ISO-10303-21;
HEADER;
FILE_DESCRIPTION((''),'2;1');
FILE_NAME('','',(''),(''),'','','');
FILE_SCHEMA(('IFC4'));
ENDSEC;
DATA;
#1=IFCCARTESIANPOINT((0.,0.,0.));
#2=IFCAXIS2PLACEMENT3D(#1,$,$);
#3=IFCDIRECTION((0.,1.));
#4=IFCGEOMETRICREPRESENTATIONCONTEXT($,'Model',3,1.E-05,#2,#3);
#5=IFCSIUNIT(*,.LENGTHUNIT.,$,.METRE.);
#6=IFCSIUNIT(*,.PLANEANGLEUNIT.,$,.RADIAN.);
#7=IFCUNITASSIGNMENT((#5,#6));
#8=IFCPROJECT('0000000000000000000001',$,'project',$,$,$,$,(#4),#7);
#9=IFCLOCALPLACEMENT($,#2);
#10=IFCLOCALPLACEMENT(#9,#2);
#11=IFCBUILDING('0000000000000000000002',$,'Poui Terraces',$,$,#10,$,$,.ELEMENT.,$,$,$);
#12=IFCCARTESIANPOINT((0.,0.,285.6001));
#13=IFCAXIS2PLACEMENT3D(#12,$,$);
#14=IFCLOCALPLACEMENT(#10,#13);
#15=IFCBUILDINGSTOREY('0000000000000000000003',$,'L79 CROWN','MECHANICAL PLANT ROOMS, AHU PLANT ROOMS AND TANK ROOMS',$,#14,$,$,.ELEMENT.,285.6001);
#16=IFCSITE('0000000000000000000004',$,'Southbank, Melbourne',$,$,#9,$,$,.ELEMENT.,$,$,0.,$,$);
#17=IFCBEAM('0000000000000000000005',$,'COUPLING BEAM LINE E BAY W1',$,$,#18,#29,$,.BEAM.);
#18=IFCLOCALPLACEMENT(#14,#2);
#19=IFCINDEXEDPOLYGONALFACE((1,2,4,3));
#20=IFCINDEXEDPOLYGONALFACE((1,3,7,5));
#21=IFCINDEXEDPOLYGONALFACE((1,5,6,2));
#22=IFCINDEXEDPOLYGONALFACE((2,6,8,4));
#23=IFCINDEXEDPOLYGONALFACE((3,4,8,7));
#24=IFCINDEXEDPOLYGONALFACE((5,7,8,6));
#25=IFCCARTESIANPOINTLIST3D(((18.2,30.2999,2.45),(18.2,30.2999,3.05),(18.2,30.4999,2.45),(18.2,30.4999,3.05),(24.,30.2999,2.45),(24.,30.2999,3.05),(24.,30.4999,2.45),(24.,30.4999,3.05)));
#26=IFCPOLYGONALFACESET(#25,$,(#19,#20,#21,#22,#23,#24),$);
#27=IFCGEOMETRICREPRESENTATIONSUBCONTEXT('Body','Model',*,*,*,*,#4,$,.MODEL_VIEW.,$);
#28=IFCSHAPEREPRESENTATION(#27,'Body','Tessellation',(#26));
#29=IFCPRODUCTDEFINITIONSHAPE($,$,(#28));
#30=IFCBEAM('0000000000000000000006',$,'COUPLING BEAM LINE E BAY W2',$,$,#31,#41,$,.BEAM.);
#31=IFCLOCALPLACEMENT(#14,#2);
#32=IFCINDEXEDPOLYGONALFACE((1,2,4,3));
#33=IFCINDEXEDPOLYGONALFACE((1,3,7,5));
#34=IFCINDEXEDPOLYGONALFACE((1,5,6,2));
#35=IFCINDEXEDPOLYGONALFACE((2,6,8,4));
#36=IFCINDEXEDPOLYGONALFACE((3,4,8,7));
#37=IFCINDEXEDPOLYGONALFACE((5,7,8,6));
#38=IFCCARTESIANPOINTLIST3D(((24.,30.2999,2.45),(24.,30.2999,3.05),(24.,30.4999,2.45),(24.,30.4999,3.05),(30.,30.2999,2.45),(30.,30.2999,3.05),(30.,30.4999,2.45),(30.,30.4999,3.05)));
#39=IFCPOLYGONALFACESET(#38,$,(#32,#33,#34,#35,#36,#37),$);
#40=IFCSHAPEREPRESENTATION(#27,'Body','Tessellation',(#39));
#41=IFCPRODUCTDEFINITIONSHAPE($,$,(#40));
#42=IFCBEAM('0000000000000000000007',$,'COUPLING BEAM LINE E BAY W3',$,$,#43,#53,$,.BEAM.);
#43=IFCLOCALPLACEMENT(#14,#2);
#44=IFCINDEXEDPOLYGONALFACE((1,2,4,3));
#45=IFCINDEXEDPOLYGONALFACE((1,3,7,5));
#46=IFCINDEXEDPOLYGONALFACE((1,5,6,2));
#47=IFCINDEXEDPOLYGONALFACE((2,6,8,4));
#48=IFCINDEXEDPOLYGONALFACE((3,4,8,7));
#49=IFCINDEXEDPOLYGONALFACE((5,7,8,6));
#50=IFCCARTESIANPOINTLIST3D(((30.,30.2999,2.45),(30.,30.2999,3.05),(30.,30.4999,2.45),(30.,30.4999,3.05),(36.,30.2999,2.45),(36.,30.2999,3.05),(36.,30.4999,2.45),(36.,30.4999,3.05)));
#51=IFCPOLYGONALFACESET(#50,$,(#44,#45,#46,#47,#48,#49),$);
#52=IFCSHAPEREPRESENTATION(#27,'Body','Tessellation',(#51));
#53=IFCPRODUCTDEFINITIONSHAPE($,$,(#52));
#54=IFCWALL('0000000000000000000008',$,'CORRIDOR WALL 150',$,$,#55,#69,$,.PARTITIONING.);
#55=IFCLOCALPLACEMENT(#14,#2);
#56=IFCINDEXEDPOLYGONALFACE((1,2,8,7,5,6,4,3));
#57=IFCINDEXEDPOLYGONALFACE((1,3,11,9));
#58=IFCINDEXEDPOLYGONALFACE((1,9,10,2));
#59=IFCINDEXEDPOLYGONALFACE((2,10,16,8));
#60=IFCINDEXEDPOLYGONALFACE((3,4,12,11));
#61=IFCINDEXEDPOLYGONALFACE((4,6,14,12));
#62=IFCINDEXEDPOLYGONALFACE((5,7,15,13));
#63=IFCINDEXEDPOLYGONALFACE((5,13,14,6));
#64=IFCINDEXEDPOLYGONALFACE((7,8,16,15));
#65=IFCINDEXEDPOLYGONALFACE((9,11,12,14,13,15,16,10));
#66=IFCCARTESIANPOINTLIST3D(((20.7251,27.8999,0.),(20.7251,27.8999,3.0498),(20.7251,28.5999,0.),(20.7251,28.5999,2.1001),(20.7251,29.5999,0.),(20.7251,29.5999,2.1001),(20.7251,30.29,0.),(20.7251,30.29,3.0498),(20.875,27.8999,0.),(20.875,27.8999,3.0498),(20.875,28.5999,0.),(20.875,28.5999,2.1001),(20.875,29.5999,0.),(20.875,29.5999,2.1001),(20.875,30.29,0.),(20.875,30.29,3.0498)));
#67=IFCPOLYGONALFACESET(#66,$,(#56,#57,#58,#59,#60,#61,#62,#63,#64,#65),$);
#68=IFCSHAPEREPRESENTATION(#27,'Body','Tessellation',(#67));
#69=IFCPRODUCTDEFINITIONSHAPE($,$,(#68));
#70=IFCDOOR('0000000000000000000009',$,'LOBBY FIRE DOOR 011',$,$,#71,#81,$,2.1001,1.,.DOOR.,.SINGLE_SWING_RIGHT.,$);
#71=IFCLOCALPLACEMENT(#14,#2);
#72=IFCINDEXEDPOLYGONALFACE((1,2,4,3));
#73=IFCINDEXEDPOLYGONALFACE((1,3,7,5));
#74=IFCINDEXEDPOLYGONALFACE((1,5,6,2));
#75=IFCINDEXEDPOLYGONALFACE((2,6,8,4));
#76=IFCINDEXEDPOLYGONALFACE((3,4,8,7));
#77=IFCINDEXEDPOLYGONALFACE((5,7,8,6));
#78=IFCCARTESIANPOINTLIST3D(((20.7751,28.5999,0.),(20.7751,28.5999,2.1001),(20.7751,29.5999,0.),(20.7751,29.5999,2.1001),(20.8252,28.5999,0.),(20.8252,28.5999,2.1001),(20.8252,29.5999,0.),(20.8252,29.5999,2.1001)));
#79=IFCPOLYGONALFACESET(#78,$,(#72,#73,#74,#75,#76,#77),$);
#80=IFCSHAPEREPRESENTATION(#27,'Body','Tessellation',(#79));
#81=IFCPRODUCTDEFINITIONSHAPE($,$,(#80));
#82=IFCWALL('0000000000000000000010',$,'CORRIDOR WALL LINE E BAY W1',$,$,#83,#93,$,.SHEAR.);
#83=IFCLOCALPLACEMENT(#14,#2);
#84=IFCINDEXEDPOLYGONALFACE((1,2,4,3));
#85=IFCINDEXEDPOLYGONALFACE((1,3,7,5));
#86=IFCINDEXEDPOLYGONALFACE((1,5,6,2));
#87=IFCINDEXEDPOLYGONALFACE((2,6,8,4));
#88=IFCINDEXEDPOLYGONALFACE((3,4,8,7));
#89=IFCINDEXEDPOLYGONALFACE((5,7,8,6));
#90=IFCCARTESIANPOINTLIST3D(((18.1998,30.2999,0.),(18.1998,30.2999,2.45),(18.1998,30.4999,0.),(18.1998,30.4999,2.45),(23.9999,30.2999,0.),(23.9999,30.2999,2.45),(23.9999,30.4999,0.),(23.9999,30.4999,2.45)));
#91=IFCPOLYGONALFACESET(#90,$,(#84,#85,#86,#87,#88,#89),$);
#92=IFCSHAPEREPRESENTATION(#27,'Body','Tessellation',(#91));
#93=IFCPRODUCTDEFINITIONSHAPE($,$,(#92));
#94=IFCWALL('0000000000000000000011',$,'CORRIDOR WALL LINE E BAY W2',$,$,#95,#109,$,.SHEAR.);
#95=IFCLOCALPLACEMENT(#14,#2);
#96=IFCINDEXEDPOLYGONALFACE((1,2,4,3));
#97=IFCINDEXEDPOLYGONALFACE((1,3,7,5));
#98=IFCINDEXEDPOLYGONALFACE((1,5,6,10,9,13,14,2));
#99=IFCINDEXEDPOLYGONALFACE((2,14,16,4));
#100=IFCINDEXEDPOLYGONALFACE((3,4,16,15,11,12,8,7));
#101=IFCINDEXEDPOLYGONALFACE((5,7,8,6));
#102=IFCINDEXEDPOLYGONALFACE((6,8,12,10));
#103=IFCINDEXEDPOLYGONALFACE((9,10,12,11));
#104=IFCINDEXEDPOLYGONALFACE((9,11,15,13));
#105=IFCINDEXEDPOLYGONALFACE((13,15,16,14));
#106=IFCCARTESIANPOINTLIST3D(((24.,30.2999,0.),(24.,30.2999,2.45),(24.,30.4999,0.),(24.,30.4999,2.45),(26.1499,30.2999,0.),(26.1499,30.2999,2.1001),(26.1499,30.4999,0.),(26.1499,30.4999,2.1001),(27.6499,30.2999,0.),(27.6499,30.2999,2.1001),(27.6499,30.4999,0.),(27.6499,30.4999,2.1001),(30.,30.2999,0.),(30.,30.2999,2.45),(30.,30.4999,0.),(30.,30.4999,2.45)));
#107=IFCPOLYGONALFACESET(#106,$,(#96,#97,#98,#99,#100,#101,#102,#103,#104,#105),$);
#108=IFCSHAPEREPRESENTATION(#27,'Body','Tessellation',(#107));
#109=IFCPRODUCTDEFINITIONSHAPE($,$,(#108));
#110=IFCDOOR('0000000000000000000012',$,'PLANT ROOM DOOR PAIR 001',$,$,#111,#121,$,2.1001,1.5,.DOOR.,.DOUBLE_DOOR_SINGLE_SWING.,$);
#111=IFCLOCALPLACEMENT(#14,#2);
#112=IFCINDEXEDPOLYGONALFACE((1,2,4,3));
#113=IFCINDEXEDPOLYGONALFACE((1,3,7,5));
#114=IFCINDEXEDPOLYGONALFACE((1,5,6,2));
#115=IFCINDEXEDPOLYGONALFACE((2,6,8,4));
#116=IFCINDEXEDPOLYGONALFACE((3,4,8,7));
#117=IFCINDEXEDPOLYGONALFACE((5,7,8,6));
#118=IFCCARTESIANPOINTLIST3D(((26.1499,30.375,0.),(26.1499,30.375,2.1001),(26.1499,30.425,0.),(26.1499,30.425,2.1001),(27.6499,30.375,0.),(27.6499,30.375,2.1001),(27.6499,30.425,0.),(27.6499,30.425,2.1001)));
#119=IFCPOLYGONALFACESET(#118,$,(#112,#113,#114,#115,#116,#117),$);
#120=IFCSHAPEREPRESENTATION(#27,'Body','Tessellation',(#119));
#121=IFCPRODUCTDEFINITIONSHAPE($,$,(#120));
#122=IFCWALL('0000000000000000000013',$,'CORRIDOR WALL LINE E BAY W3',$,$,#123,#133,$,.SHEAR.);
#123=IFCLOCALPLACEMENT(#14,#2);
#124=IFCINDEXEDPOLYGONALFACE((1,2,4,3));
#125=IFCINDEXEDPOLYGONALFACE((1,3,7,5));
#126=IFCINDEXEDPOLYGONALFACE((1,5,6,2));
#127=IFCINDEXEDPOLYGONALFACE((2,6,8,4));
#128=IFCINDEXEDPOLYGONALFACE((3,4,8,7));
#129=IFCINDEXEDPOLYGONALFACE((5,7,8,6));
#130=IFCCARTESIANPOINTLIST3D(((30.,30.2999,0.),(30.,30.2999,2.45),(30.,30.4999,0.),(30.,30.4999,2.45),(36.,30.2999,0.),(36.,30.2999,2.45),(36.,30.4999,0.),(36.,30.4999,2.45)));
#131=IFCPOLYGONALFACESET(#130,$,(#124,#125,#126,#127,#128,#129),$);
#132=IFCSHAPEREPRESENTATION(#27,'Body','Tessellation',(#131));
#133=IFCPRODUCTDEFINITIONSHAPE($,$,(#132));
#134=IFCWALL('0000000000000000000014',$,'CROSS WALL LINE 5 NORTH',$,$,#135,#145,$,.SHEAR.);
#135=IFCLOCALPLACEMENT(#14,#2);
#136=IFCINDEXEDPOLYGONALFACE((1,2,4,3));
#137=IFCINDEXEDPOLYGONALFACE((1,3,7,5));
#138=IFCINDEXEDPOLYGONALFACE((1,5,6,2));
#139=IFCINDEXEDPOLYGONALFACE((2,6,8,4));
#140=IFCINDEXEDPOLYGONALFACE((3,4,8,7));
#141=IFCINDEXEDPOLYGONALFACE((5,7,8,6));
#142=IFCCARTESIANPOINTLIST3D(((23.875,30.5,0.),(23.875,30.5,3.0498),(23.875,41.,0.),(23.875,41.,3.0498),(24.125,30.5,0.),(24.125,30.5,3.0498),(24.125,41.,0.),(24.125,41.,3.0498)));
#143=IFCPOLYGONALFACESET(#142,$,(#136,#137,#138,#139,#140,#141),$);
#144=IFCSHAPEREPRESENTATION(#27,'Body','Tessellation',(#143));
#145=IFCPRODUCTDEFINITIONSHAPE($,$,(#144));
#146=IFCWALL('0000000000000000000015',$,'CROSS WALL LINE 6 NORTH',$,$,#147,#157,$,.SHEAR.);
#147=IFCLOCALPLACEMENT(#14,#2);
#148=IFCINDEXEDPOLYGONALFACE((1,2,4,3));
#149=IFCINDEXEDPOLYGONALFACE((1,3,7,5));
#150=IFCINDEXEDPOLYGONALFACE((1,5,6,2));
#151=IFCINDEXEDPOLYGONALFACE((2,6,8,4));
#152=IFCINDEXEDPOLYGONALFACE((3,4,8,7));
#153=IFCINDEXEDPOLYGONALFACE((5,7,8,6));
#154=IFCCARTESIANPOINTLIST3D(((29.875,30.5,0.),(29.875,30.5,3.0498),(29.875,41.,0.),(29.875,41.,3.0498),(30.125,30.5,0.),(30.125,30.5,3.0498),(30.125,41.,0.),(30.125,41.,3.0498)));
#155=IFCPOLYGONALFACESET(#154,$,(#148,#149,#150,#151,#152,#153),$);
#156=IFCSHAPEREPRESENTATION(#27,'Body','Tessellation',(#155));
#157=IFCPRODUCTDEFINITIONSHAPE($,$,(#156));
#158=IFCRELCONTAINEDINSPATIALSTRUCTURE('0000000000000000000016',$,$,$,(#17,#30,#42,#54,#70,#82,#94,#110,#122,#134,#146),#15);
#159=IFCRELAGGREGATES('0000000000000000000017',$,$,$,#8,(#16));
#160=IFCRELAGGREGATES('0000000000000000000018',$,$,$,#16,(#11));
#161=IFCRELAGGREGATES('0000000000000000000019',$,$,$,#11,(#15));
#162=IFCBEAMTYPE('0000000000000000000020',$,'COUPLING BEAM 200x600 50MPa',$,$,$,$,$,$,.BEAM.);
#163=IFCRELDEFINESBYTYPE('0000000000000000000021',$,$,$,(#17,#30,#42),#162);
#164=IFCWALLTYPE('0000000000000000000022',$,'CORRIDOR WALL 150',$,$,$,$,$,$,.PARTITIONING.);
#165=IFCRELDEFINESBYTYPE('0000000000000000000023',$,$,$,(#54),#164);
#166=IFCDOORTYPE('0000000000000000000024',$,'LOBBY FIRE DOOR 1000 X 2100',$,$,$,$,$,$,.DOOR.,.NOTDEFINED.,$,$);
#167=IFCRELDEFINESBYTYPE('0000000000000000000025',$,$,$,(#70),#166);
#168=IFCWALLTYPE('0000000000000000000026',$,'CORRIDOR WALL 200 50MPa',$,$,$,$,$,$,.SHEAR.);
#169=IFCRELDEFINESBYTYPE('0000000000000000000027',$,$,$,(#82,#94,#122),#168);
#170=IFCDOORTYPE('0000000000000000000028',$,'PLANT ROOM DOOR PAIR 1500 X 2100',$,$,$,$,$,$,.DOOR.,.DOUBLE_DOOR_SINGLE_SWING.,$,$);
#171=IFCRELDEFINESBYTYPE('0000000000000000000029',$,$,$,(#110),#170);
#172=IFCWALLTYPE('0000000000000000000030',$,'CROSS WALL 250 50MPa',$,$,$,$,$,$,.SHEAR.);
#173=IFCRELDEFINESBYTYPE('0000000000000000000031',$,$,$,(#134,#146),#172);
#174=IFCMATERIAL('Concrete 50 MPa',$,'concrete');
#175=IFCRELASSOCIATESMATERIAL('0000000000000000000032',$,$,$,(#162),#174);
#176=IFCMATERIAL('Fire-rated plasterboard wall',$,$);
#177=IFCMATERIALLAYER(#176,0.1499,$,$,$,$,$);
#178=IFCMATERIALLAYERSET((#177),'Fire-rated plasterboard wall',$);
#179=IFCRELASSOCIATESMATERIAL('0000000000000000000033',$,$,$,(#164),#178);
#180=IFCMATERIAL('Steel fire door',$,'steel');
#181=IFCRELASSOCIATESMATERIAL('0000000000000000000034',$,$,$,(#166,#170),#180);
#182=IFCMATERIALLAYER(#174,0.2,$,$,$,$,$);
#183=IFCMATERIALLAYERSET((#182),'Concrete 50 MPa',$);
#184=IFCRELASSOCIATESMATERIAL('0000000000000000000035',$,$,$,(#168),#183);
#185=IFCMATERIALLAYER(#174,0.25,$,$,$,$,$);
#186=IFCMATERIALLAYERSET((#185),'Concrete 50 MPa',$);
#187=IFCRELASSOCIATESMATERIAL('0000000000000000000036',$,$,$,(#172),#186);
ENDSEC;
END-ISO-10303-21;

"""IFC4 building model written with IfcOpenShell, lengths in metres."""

from ifc_helpers import new_model, si_unit, direction, frame, frame_2d, origin, origin_2d, place, context, subcontext, project, spatial, rectangle, extrude, source, transform, mapped, material, layer, layer_set, material_profile, profile_set, type_object, element, fill, save


model = new_model("IFC4")

# Units and contexts
model_context = context("Model", 3, precision=1e-05, world=origin(), true_north=direction((0.0, 1.0)))
body_context = subcontext(model_context, "Body", "Model", "MODEL_VIEW")
ifc_project = project(units=[si_unit("LENGTHUNIT", "METRE"), si_unit("PLANEANGLEUNIT", "RADIAN")], contexts=[model_context])

# Site, building, storey
site_placement = place(None, origin())
site = spatial("IfcSite", under=ifc_project, at=site_placement, Name="Southbank, Melbourne", CompositionType="ELEMENT", RefElevation=0.0)
building_placement = place(site_placement, origin())
building = spatial("IfcBuilding", under=site, at=building_placement, Name="Poui Terraces", CompositionType="ELEMENT")
storey_placement = place(building_placement, frame((0.0, 0.0, 285.6001)))
storey = spatial("IfcBuildingStorey", under=building, at=storey_placement, Name="L79 CROWN", Description="MECHANICAL PLANT ROOMS, AHU PLANT ROOMS AND TANK ROOMS", CompositionType="ELEMENT", Elevation=285.6001)

# Beams
ifc_material_1 = material(Name="Concrete 50 MPa", Category="concrete")
ifc_material_profile_1 = material_profile(ifc_material_1, rectangle(XDim=0.2, YDim=0.6001, at=origin_2d()), Name="RC 200x600")
ifc_profile_set_1 = profile_set([ifc_material_profile_1], Name="Concrete 50 MPa")
beam_type = type_object("IfcBeamType", Name="COUPLING BEAM 200x600 50MPa", PredefinedType="BEAM", material=ifc_profile_set_1)
shared_shape_1 = source(origin(), body_context, "Body", "SweptSolid", [
    extrude(rectangle(XDim=0.2, YDim=0.6001, at=origin_2d()), origin(), (0.0, 0.0, 1.0), 5.8),
])
beam_placement = place(storey_placement, frame((18.2, 30.3999, 2.75), z_axis=(1.0, 0.0, 0.0), x_axis=(0.0, 1.0, 0.0)))
element("IfcBeam", 1, at=beam_placement, inside=storey, type_object=beam_type, Name="COUPLING BEAM LINE E BAY W1", PredefinedType="BEAM", context=body_context, shape_type="MappedRepresentation", body=[
    mapped(shared_shape_1, transform((0.0, 0.0, 0.0))),
])
shared_shape_2 = source(origin(), body_context, "Body", "SweptSolid", [
    extrude(rectangle(XDim=0.2, YDim=0.6001, at=origin_2d()), origin(), (0.0, 0.0, 1.0), 6.0),
])
for number, where, z_axis, x_axis, name in (
    (2, (24.0, 30.3999, 2.75), (1.0, 0.0, 0.0), (0.0, 1.0, 0.0), "COUPLING BEAM LINE E BAY W2"),
    (3, (30.0, 30.3999, 2.75), (1.0, 0.0, 0.0), (0.0, 1.0, 0.0), "COUPLING BEAM LINE E BAY W3"),
):
    element("IfcBeam", number, at=place(storey_placement, frame(where, z_axis=z_axis, x_axis=x_axis)), inside=storey, type_object=beam_type, Name=name, PredefinedType="BEAM", context=body_context, shape_type="MappedRepresentation", body=[
        mapped(shared_shape_2, transform((0.0, 0.0, 0.0))),
    ])

# Wall, opening, door
ifc_material_2 = material(Name="Fire-rated plasterboard wall")
ifc_layer_1 = layer(ifc_material_2, 0.1499)
ifc_layer_set_1 = layer_set([ifc_layer_1], Name="Fire-rated plasterboard wall")
wall_type_1 = type_object("IfcWallType", Name="CORRIDOR WALL 150", PredefinedType="PARTITIONING", material=ifc_layer_set_1)
wall_1_placement = place(storey_placement, frame((20.8, 27.8999, 0.0), z_axis=(0.0, 0.0, 1.0), x_axis=(0.0, 1.0, 0.0)))
wall_1 = element("IfcWall", 4, at=wall_1_placement, inside=storey, type_object=wall_type_1, Name="CORRIDOR WALL 150", PredefinedType="PARTITIONING", context=body_context, shape_type="SweptSolid", body=[
    extrude(rectangle(XDim=2.3901, YDim=0.1499, at=frame_2d((1.1951, 0.0))), origin(), (0.0, 0.0, 1.0), 3.0498),
])
opening_1_placement = place(wall_1_placement, frame((0.7, 0.0, 0.0)))
opening_1 = element("IfcOpeningElement", 5, at=opening_1_placement, cuts=wall_1, PredefinedType="OPENING", context=body_context, shape_type="SweptSolid", body=[
    extrude(rectangle(XDim=1.0, YDim=2.1001, at=frame_2d((0.5, 1.05))), frame((0.0, 0.085, 0.0), z_axis=(0.0, -1.0, 0.0), x_axis=(1.0, 0.0, 0.0)), (0.0, 0.0, 1.0), 0.1699),
])
ifc_material_3 = material(Name="Steel fire door", Category="steel")
door_type_1 = type_object("IfcDoorType", Name="LOBBY FIRE DOOR 1000 X 2100", OperationType="NOTDEFINED", PredefinedType="DOOR", material=ifc_material_3)
door_1_placement = place(opening_1_placement, origin())
door_1 = element("IfcDoor", 6, at=door_1_placement, inside=storey, type_object=door_type_1, Name="LOBBY FIRE DOOR 011", OperationType="SINGLE_SWING_RIGHT", OverallHeight=2.1001, OverallWidth=1.0, PredefinedType="DOOR", context=body_context, shape_type="SweptSolid", body=[
    extrude(rectangle(XDim=1.0, YDim=2.1001, at=frame_2d((0.5, 1.05))), frame((0.0, 0.0249, 0.0), z_axis=(0.0, -1.0, 0.0), x_axis=(1.0, 0.0, 0.0)), (0.0, 0.0, 1.0), 0.05),
])
fill(opening_1, door_1)

# Wall
ifc_layer_2 = layer(ifc_material_1, 0.2)
ifc_layer_set_2 = layer_set([ifc_layer_2], Name="Concrete 50 MPa")
wall_type_2 = type_object("IfcWallType", Name="CORRIDOR WALL 200 50MPa", PredefinedType="SHEAR", material=ifc_layer_set_2)
wall_2_placement = place(storey_placement, frame((18.2, 30.3999, 0.0), z_axis=(0.0, 0.0, 1.0), x_axis=(1.0, 0.0, 0.0)))
element("IfcWall", 7, at=wall_2_placement, inside=storey, type_object=wall_type_2, Name="CORRIDOR WALL LINE E BAY W1", PredefinedType="SHEAR", context=body_context, shape_type="SweptSolid", body=[
    extrude(rectangle(XDim=5.8, YDim=0.2, at=frame_2d((2.8999, 0.0))), origin(), (0.0, 0.0, 1.0), 2.45),
])

# Wall, opening, door
wall_3_placement = place(storey_placement, frame((24.0, 30.3999, 0.0), z_axis=(0.0, 0.0, 1.0), x_axis=(1.0, 0.0, 0.0)))
wall_3 = element("IfcWall", 8, at=wall_3_placement, inside=storey, type_object=wall_type_2, Name="CORRIDOR WALL LINE E BAY W2", PredefinedType="SHEAR", context=body_context, shape_type="SweptSolid", body=[
    extrude(rectangle(XDim=6.0, YDim=0.2, at=frame_2d((3.0, 0.0))), origin(), (0.0, 0.0, 1.0), 2.45),
])
opening_2_placement = place(wall_3_placement, frame((2.1499, 0.0, 0.0)))
opening_2 = element("IfcOpeningElement", 9, at=opening_2_placement, cuts=wall_3, PredefinedType="OPENING", context=body_context, shape_type="SweptSolid", body=[
    extrude(rectangle(XDim=1.5, YDim=2.1001, at=frame_2d((0.75, 1.05))), frame((0.0, 0.1099, 0.0), z_axis=(0.0, -1.0, 0.0), x_axis=(1.0, 0.0, 0.0)), (0.0, 0.0, 1.0), 0.22),
])
door_type_2 = type_object("IfcDoorType", Name="PLANT ROOM DOOR PAIR 1500 X 2100", OperationType="DOUBLE_DOOR_SINGLE_SWING", PredefinedType="DOOR", material=ifc_material_3)
door_2_placement = place(opening_2_placement, frame((1.5, 0.0, 0.0), z_axis=(0.0, 0.0, 1.0), x_axis=(-1.0, 0.0, 0.0)))
door_2 = element("IfcDoor", 10, at=door_2_placement, inside=storey, type_object=door_type_2, Name="PLANT ROOM DOOR PAIR 001", OperationType="DOUBLE_DOOR_SINGLE_SWING", OverallHeight=2.1001, OverallWidth=1.5, PredefinedType="DOOR", context=body_context, shape_type="SweptSolid", body=[
    extrude(rectangle(XDim=1.5, YDim=2.1001, at=frame_2d((0.75, 1.05))), frame((0.0, 0.0249, 0.0), z_axis=(0.0, -1.0, 0.0), x_axis=(1.0, 0.0, 0.0)), (0.0, 0.0, 1.0), 0.05),
])
fill(opening_2, door_2)

# Walls
wall_4_placement = place(storey_placement, frame((30.0, 30.3999, 0.0), z_axis=(0.0, 0.0, 1.0), x_axis=(1.0, 0.0, 0.0)))
element("IfcWall", 11, at=wall_4_placement, inside=storey, type_object=wall_type_2, Name="CORRIDOR WALL LINE E BAY W3", PredefinedType="SHEAR", context=body_context, shape_type="SweptSolid", body=[
    extrude(rectangle(XDim=6.0, YDim=0.2, at=frame_2d((3.0, 0.0))), origin(), (0.0, 0.0, 1.0), 2.45),
])
ifc_layer_3 = layer(ifc_material_1, 0.25)
ifc_layer_set_3 = layer_set([ifc_layer_3], Name="Concrete 50 MPa")
wall_type_3 = type_object("IfcWallType", Name="CROSS WALL 250 50MPa", PredefinedType="SHEAR", material=ifc_layer_set_3)
for number, where, z_axis, x_axis, name in (
    (12, (24.0, 30.5, 0.0), (0.0, 0.0, 1.0), (0.0, 1.0, 0.0), "CROSS WALL LINE 5 NORTH"),
    (13, (30.0, 30.5, 0.0), (0.0, 0.0, 1.0), (0.0, 1.0, 0.0), "CROSS WALL LINE 6 NORTH"),
):
    element("IfcWall", number, at=place(storey_placement, frame(where, z_axis=z_axis, x_axis=x_axis)), inside=storey, type_object=wall_type_3, Name=name, PredefinedType="SHEAR", context=body_context, shape_type="SweptSolid", body=[
        extrude(rectangle(XDim=10.5, YDim=0.25, at=frame_2d((5.25, 0.0))), origin(), (0.0, 0.0, 1.0), 3.0498),
    ])

save(model, "model.ifc")
